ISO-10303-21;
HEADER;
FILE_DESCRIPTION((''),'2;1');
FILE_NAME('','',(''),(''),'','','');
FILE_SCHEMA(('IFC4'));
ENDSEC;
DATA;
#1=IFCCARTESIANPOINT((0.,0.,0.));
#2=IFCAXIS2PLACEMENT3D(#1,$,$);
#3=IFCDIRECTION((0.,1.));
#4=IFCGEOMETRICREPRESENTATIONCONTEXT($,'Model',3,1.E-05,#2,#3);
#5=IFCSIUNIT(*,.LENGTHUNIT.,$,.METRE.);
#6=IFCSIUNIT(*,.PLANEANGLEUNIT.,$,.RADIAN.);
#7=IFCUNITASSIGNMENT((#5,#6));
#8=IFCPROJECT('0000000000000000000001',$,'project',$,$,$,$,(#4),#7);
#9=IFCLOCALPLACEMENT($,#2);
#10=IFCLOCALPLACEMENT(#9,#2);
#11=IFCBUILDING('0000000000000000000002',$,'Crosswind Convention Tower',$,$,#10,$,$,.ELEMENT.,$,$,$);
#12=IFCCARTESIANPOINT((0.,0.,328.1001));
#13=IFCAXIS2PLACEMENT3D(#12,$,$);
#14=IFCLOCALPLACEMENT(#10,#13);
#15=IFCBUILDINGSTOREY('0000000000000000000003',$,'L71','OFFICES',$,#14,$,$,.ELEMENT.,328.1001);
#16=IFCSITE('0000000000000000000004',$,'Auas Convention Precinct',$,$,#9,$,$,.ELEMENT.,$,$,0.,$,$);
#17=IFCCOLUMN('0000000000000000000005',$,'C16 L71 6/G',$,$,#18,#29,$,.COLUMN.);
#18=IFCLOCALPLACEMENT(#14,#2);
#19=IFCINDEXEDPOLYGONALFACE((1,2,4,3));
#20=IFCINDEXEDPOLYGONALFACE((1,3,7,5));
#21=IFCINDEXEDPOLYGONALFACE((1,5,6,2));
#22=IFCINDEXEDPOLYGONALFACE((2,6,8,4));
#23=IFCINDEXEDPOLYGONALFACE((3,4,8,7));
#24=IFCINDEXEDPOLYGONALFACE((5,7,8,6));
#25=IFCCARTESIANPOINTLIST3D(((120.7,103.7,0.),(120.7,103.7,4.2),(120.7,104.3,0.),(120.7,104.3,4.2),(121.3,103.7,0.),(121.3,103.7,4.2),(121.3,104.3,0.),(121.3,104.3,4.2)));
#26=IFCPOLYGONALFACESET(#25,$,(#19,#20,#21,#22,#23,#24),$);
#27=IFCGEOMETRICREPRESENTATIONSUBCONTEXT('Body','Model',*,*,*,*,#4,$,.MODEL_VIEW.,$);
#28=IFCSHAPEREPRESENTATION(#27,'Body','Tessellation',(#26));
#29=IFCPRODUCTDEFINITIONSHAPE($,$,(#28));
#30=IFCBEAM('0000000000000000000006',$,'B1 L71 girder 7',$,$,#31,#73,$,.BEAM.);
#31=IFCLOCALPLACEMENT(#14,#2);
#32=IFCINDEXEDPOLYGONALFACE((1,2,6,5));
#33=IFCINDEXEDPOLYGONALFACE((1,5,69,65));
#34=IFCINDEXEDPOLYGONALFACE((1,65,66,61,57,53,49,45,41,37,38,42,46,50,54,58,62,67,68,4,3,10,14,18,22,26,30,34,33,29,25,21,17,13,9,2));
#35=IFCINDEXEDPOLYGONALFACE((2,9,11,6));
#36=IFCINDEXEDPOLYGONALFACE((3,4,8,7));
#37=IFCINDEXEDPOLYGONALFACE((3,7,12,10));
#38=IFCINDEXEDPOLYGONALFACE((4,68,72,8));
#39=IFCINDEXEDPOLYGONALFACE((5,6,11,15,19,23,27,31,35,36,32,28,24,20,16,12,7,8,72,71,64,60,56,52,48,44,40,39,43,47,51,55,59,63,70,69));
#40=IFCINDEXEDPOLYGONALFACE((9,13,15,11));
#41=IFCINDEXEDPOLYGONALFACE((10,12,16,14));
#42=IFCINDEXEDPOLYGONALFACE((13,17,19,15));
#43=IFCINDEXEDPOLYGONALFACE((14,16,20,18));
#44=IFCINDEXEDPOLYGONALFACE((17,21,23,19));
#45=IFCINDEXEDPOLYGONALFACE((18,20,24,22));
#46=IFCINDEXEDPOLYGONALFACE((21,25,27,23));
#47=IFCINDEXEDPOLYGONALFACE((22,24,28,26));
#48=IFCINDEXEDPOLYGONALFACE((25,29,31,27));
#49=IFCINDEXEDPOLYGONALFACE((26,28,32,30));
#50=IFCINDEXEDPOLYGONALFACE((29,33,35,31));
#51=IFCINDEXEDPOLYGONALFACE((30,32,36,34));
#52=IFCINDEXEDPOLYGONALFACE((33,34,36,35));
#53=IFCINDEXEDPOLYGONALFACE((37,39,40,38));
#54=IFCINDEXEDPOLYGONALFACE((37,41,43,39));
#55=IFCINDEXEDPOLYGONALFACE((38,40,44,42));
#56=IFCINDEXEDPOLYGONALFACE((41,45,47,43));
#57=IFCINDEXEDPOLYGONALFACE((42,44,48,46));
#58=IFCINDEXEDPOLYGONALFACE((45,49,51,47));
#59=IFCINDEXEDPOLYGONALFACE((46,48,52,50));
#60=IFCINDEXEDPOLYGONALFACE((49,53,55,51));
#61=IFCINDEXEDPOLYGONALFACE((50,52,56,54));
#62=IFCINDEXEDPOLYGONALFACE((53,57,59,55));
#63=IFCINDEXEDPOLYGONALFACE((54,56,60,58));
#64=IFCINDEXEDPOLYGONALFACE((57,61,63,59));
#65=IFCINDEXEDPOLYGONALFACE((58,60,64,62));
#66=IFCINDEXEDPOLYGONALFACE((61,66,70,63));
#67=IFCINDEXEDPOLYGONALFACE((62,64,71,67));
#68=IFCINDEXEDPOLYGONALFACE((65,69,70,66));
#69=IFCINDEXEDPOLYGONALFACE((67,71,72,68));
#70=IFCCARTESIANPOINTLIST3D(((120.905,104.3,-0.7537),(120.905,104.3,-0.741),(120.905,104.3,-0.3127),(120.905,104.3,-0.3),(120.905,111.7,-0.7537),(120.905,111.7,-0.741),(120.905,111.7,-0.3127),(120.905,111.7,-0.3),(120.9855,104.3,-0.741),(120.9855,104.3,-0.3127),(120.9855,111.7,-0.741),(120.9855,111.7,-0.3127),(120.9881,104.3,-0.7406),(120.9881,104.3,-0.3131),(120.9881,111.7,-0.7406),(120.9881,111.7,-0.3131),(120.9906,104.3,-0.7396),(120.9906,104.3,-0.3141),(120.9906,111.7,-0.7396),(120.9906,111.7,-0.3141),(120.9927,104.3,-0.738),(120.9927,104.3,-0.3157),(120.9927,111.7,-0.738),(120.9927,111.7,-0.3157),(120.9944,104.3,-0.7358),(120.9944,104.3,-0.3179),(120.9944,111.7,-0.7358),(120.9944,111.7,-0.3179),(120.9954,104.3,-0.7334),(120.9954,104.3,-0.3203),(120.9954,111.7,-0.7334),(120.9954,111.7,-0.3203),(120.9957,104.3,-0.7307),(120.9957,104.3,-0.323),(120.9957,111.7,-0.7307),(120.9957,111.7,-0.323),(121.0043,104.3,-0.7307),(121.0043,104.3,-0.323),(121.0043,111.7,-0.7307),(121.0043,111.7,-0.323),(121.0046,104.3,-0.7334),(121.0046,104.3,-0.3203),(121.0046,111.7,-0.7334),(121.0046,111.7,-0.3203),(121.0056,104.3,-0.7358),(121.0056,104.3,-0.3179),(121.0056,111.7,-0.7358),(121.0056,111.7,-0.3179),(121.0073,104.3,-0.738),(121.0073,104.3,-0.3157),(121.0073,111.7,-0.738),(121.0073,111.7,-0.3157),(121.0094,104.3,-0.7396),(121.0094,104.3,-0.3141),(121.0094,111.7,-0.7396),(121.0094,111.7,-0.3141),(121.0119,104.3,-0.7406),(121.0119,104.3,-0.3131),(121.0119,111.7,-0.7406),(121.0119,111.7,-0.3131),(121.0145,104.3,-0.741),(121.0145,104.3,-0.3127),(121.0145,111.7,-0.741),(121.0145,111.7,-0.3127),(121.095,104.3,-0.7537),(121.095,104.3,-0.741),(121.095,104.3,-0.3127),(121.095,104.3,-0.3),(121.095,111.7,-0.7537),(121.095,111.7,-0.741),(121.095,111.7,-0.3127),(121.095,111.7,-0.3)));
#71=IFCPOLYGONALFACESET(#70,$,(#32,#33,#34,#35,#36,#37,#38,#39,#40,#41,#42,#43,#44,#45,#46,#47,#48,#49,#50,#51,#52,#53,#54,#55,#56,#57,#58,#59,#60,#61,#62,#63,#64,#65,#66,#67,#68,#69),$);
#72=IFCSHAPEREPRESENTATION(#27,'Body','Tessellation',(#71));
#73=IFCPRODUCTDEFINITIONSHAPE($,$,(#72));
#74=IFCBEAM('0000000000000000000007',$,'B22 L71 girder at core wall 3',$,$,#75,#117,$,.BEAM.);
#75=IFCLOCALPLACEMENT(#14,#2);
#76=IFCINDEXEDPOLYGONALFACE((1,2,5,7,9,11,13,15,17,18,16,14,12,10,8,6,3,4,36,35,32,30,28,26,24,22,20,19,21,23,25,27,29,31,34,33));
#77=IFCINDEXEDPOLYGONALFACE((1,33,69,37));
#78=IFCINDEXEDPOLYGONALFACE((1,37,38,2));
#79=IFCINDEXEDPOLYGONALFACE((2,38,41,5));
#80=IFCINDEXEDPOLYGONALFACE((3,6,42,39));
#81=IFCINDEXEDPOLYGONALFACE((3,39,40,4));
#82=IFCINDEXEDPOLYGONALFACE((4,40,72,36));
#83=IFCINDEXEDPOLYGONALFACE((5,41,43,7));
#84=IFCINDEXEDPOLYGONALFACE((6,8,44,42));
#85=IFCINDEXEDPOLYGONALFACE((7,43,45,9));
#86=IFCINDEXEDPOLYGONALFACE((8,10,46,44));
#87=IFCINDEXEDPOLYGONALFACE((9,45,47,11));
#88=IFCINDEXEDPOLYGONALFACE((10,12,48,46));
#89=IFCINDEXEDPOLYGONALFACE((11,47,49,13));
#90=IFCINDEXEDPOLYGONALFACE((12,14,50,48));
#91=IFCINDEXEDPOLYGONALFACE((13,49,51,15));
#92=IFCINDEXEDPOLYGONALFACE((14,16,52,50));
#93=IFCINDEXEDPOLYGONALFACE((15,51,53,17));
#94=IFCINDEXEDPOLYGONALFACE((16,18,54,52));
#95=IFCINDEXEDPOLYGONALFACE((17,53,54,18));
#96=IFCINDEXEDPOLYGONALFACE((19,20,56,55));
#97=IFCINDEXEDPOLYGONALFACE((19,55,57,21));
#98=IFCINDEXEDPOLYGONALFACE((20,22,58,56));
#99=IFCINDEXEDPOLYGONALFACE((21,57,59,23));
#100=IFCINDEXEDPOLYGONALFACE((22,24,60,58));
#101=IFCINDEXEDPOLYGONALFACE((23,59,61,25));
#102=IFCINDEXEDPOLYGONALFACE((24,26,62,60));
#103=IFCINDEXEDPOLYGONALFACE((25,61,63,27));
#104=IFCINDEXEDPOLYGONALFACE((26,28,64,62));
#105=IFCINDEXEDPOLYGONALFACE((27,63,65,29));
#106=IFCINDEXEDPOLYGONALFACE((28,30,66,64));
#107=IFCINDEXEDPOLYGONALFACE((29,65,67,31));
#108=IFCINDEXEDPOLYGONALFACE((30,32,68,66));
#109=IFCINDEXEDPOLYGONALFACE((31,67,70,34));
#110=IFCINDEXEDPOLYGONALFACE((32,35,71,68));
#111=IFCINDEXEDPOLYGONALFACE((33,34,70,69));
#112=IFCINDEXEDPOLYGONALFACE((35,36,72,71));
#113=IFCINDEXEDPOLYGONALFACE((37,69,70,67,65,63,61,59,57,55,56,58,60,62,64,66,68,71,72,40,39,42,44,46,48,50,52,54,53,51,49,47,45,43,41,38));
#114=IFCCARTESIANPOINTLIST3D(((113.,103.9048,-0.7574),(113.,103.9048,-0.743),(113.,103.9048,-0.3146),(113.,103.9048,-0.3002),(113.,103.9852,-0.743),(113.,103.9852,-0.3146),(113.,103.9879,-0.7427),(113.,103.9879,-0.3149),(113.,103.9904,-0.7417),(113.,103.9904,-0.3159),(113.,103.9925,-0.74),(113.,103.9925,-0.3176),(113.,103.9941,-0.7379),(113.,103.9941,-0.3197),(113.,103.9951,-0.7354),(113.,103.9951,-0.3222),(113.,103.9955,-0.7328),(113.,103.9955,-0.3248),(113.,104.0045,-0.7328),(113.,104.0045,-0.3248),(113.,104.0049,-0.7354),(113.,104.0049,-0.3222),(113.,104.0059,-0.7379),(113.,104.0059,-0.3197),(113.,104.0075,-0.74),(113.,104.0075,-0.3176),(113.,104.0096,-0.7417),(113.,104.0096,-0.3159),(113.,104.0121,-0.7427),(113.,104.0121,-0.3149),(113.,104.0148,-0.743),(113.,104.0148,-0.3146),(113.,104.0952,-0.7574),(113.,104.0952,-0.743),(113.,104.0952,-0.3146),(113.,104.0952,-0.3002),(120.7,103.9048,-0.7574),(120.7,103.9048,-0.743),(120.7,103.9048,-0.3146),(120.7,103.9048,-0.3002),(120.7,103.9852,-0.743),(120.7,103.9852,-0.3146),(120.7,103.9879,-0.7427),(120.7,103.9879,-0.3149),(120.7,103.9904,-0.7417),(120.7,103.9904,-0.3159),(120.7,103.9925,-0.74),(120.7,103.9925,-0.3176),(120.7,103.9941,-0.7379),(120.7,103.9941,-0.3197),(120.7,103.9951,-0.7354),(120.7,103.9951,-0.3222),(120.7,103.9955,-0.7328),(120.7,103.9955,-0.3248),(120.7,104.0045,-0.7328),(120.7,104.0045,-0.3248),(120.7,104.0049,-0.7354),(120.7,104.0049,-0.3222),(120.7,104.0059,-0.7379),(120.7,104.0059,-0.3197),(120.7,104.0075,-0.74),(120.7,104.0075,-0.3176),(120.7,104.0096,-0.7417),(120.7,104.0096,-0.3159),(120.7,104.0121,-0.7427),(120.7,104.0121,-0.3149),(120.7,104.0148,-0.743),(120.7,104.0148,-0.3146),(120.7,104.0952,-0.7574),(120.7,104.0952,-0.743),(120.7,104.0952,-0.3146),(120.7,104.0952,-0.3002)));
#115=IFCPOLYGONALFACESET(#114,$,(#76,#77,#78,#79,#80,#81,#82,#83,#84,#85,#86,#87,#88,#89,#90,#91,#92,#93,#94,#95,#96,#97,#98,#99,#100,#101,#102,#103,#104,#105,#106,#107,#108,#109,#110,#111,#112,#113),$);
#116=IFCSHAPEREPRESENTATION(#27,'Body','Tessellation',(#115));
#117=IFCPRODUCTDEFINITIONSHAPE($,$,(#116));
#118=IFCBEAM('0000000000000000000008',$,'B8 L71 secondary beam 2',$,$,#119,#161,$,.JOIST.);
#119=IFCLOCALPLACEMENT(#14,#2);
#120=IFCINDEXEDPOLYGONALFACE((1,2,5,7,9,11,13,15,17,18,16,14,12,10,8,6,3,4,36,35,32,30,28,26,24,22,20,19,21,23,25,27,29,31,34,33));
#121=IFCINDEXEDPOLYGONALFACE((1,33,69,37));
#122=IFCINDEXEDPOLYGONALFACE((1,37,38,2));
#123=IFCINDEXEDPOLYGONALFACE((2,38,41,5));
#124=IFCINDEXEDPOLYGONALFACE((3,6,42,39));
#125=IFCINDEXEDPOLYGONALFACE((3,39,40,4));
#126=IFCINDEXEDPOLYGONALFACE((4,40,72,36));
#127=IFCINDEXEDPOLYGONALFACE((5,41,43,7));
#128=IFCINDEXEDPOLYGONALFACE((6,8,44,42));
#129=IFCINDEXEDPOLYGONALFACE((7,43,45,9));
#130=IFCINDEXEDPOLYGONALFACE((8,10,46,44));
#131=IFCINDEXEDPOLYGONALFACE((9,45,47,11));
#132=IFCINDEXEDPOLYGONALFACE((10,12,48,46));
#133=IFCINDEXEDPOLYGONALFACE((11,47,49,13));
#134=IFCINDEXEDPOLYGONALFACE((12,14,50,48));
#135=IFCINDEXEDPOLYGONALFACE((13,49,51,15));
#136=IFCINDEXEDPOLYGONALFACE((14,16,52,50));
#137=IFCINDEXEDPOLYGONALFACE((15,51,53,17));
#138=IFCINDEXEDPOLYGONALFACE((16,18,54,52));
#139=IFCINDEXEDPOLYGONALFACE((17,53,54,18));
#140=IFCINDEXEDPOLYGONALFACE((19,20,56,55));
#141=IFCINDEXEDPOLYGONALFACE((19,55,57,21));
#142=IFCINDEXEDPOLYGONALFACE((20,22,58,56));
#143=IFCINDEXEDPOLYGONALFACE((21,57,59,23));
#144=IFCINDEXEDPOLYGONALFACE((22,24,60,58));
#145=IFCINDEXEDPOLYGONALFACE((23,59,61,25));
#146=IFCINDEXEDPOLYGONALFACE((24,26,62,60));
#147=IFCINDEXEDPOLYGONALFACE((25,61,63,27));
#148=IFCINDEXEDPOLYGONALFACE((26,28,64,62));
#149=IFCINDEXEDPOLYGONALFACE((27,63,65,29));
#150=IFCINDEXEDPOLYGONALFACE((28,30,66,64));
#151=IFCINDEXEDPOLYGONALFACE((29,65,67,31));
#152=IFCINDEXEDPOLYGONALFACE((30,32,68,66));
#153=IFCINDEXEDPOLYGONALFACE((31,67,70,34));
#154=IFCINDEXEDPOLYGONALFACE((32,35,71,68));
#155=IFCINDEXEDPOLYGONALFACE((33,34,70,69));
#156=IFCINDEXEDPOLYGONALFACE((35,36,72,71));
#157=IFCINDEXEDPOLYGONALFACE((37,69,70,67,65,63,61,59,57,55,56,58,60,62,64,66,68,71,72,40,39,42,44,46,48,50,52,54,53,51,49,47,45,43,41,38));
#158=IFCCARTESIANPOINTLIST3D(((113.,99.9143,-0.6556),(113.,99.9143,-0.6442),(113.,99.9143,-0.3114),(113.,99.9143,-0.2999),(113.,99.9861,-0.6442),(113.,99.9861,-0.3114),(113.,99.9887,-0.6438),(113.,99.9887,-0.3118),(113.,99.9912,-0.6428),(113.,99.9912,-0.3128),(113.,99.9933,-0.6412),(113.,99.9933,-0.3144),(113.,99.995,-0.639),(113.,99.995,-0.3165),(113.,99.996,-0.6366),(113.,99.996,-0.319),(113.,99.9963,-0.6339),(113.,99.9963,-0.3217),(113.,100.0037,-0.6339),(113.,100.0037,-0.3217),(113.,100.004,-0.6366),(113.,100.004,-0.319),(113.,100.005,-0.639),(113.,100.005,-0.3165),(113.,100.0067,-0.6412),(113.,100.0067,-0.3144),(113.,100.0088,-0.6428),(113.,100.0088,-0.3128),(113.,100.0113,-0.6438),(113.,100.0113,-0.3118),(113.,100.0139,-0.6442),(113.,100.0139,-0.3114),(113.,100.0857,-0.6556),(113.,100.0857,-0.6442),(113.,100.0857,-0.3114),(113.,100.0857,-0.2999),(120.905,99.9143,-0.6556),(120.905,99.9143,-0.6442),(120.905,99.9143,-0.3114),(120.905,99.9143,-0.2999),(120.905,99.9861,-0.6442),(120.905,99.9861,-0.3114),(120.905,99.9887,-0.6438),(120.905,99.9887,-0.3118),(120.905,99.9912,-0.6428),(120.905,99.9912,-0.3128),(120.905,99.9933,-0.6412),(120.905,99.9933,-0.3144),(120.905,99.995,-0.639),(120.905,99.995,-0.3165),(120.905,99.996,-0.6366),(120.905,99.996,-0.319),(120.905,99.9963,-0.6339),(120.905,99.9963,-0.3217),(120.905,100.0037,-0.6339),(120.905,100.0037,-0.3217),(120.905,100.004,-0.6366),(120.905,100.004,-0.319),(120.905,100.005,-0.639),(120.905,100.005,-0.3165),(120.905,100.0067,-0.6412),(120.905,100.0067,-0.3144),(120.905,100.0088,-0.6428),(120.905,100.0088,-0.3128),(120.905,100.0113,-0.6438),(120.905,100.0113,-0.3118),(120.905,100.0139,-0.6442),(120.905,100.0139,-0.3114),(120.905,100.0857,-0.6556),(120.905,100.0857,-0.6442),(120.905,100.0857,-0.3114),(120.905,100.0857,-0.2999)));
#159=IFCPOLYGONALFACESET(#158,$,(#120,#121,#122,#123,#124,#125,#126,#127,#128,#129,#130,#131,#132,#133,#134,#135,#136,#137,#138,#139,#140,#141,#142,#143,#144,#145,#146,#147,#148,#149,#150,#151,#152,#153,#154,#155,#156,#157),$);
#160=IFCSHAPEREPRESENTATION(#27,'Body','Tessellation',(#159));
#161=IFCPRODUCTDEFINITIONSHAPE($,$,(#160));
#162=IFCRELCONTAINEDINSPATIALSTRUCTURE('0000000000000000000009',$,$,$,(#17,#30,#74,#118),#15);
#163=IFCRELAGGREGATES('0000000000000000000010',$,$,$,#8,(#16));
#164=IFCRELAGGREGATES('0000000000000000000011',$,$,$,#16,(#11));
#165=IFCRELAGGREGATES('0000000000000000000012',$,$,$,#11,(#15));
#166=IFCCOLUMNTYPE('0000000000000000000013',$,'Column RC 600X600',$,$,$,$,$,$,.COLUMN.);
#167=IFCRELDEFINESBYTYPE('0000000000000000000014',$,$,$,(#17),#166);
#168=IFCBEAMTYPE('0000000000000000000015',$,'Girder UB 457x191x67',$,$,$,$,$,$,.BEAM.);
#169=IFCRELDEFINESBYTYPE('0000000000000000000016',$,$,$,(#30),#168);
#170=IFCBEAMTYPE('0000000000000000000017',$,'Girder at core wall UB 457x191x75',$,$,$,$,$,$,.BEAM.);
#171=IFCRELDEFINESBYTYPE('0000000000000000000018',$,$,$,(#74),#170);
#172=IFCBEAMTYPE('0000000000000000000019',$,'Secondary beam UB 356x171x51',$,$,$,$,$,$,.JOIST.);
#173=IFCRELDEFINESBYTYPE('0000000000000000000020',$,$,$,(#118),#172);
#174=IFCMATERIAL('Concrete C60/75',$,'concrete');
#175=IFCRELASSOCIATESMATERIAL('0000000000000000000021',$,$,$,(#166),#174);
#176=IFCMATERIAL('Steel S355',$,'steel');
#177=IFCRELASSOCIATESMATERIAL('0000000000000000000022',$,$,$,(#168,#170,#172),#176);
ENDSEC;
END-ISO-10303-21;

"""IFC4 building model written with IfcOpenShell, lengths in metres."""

from ifc_helpers import new_model, si_unit, direction, frame, origin, origin_2d, place, context, subcontext, project, spatial, rectangle, i_section, extrude, material, material_profile, profile_set, type_object, element, save


model = new_model("IFC4")

# Units and contexts
model_context = context("Model", 3, precision=1e-05, world=origin(), true_north=direction((0.0, 1.0)))
body_context = subcontext(model_context, "Body", "Model", "MODEL_VIEW")
ifc_project = project(units=[si_unit("LENGTHUNIT", "METRE"), si_unit("PLANEANGLEUNIT", "RADIAN")], contexts=[model_context])

# Site, building, storey
site_placement = place(None, origin())
site = spatial("IfcSite", under=ifc_project, at=site_placement, Name="Auas Convention Precinct", CompositionType="ELEMENT", RefElevation=0.0)
building_placement = place(site_placement, origin())
building = spatial("IfcBuilding", under=site, at=building_placement, Name="Crosswind Convention Tower", CompositionType="ELEMENT")
storey_placement = place(building_placement, frame((0.0, 0.0, 328.1001)))
storey = spatial("IfcBuildingStorey", under=building, at=storey_placement, Name="L71", Description="OFFICES", CompositionType="ELEMENT", Elevation=328.1001)

# Column
ifc_material_1 = material(Name="Concrete C60/75", Category="concrete")
ifc_material_profile_1 = material_profile(ifc_material_1, rectangle(XDim=0.6001, YDim=0.6001, at=origin_2d()), Name="RC 600X600")
ifc_profile_set_1 = profile_set([ifc_material_profile_1], Name="Concrete C60/75")
column_type = type_object("IfcColumnType", Name="Column RC 600X600", PredefinedType="COLUMN", material=ifc_profile_set_1)
column_placement = place(storey_placement, frame((121.0, 104.0, 0.0), z_axis=(0.0, 0.0, 1.0), x_axis=(1.0, 0.0, 0.0)))
element("IfcColumn", 1, at=column_placement, inside=storey, type_object=column_type, Name="C16 L71 6/G", PredefinedType="COLUMN", context=body_context, shape_type="SweptSolid", body=[
    extrude(rectangle(XDim=0.6001, YDim=0.6001, at=origin_2d()), origin(), (0.0, 0.0, 1.0), 4.2),
])

# Beams
ifc_material_2 = material(Name="Steel S355", Category="steel")
ifc_material_profile_2 = material_profile(ifc_material_2, i_section(OverallWidth=0.1899, OverallDepth=0.4536, WebThickness=0.0085, FlangeThickness=0.0127, FilletRadius=0.0103, at=origin_2d()), Name="UB 457x191x67")
ifc_profile_set_2 = profile_set([ifc_material_profile_2], Name="Steel S355")
beam_type_1 = type_object("IfcBeamType", Name="Girder UB 457x191x67", PredefinedType="BEAM", material=ifc_profile_set_2)
beam_1_placement = place(storey_placement, frame((121.0, 104.3, -0.5269), z_axis=(0.0, 1.0, 0.0), x_axis=(-1.0, 0.0, 0.0)))
element("IfcBeam", 2, at=beam_1_placement, inside=storey, type_object=beam_type_1, Name="B1 L71 girder 7", PredefinedType="BEAM", context=body_context, shape_type="SweptSolid", body=[
    extrude(i_section(OverallWidth=0.1899, OverallDepth=0.4536, WebThickness=0.0085, FlangeThickness=0.0127, FilletRadius=0.0103, at=origin_2d()), origin(), (0.0, 0.0, 1.0), 7.3999),
])
ifc_material_profile_3 = material_profile(ifc_material_2, i_section(OverallWidth=0.1904, OverallDepth=0.4573, WebThickness=0.009, FlangeThickness=0.0144, FilletRadius=0.0103, at=origin_2d()), Name="UB 457x191x75")
ifc_profile_set_3 = profile_set([ifc_material_profile_3], Name="Steel S355")
beam_type_2 = type_object("IfcBeamType", Name="Girder at core wall UB 457x191x75", PredefinedType="BEAM", material=ifc_profile_set_3)
beam_2_placement = place(storey_placement, frame((113.0, 104.0, -0.5288), z_axis=(1.0, 0.0, 0.0), x_axis=(0.0, 1.0, 0.0)))
element("IfcBeam", 3, at=beam_2_placement, inside=storey, type_object=beam_type_2, Name="B22 L71 girder at core wall 3", PredefinedType="BEAM", context=body_context, shape_type="SweptSolid", body=[
    extrude(i_section(OverallWidth=0.1904, OverallDepth=0.4573, WebThickness=0.009, FlangeThickness=0.0144, FilletRadius=0.0103, at=origin_2d()), origin(), (0.0, 0.0, 1.0), 7.7),
])
ifc_material_profile_4 = material_profile(ifc_material_2, i_section(OverallWidth=0.1714, OverallDepth=0.3557, WebThickness=0.0073, FlangeThickness=0.0115, FilletRadius=0.0103, at=origin_2d()), Name="UB 356x171x51")
ifc_profile_set_4 = profile_set([ifc_material_profile_4], Name="Steel S355")
beam_type_3 = type_object("IfcBeamType", Name="Secondary beam UB 356x171x51", PredefinedType="JOIST", material=ifc_profile_set_4)
for number, where, z_axis, x_axis, name in (
    (4, (113.0, 100.0, -0.4778), (1.0, 0.0, 0.0), (0.0, 1.0, 0.0), "B8 L71 secondary beam 2"),
):
    element("IfcBeam", number, at=place(storey_placement, frame(where, z_axis=z_axis, x_axis=x_axis)), inside=storey, type_object=beam_type_3, Name=name, PredefinedType="JOIST", context=body_context, shape_type="SweptSolid", body=[
        extrude(i_section(OverallWidth=0.1714, OverallDepth=0.3557, WebThickness=0.0073, FlangeThickness=0.0115, FilletRadius=0.0103, at=origin_2d()), origin(), (0.0, 0.0, 1.0), 7.905),
    ])

save(model, "model.ifc")
